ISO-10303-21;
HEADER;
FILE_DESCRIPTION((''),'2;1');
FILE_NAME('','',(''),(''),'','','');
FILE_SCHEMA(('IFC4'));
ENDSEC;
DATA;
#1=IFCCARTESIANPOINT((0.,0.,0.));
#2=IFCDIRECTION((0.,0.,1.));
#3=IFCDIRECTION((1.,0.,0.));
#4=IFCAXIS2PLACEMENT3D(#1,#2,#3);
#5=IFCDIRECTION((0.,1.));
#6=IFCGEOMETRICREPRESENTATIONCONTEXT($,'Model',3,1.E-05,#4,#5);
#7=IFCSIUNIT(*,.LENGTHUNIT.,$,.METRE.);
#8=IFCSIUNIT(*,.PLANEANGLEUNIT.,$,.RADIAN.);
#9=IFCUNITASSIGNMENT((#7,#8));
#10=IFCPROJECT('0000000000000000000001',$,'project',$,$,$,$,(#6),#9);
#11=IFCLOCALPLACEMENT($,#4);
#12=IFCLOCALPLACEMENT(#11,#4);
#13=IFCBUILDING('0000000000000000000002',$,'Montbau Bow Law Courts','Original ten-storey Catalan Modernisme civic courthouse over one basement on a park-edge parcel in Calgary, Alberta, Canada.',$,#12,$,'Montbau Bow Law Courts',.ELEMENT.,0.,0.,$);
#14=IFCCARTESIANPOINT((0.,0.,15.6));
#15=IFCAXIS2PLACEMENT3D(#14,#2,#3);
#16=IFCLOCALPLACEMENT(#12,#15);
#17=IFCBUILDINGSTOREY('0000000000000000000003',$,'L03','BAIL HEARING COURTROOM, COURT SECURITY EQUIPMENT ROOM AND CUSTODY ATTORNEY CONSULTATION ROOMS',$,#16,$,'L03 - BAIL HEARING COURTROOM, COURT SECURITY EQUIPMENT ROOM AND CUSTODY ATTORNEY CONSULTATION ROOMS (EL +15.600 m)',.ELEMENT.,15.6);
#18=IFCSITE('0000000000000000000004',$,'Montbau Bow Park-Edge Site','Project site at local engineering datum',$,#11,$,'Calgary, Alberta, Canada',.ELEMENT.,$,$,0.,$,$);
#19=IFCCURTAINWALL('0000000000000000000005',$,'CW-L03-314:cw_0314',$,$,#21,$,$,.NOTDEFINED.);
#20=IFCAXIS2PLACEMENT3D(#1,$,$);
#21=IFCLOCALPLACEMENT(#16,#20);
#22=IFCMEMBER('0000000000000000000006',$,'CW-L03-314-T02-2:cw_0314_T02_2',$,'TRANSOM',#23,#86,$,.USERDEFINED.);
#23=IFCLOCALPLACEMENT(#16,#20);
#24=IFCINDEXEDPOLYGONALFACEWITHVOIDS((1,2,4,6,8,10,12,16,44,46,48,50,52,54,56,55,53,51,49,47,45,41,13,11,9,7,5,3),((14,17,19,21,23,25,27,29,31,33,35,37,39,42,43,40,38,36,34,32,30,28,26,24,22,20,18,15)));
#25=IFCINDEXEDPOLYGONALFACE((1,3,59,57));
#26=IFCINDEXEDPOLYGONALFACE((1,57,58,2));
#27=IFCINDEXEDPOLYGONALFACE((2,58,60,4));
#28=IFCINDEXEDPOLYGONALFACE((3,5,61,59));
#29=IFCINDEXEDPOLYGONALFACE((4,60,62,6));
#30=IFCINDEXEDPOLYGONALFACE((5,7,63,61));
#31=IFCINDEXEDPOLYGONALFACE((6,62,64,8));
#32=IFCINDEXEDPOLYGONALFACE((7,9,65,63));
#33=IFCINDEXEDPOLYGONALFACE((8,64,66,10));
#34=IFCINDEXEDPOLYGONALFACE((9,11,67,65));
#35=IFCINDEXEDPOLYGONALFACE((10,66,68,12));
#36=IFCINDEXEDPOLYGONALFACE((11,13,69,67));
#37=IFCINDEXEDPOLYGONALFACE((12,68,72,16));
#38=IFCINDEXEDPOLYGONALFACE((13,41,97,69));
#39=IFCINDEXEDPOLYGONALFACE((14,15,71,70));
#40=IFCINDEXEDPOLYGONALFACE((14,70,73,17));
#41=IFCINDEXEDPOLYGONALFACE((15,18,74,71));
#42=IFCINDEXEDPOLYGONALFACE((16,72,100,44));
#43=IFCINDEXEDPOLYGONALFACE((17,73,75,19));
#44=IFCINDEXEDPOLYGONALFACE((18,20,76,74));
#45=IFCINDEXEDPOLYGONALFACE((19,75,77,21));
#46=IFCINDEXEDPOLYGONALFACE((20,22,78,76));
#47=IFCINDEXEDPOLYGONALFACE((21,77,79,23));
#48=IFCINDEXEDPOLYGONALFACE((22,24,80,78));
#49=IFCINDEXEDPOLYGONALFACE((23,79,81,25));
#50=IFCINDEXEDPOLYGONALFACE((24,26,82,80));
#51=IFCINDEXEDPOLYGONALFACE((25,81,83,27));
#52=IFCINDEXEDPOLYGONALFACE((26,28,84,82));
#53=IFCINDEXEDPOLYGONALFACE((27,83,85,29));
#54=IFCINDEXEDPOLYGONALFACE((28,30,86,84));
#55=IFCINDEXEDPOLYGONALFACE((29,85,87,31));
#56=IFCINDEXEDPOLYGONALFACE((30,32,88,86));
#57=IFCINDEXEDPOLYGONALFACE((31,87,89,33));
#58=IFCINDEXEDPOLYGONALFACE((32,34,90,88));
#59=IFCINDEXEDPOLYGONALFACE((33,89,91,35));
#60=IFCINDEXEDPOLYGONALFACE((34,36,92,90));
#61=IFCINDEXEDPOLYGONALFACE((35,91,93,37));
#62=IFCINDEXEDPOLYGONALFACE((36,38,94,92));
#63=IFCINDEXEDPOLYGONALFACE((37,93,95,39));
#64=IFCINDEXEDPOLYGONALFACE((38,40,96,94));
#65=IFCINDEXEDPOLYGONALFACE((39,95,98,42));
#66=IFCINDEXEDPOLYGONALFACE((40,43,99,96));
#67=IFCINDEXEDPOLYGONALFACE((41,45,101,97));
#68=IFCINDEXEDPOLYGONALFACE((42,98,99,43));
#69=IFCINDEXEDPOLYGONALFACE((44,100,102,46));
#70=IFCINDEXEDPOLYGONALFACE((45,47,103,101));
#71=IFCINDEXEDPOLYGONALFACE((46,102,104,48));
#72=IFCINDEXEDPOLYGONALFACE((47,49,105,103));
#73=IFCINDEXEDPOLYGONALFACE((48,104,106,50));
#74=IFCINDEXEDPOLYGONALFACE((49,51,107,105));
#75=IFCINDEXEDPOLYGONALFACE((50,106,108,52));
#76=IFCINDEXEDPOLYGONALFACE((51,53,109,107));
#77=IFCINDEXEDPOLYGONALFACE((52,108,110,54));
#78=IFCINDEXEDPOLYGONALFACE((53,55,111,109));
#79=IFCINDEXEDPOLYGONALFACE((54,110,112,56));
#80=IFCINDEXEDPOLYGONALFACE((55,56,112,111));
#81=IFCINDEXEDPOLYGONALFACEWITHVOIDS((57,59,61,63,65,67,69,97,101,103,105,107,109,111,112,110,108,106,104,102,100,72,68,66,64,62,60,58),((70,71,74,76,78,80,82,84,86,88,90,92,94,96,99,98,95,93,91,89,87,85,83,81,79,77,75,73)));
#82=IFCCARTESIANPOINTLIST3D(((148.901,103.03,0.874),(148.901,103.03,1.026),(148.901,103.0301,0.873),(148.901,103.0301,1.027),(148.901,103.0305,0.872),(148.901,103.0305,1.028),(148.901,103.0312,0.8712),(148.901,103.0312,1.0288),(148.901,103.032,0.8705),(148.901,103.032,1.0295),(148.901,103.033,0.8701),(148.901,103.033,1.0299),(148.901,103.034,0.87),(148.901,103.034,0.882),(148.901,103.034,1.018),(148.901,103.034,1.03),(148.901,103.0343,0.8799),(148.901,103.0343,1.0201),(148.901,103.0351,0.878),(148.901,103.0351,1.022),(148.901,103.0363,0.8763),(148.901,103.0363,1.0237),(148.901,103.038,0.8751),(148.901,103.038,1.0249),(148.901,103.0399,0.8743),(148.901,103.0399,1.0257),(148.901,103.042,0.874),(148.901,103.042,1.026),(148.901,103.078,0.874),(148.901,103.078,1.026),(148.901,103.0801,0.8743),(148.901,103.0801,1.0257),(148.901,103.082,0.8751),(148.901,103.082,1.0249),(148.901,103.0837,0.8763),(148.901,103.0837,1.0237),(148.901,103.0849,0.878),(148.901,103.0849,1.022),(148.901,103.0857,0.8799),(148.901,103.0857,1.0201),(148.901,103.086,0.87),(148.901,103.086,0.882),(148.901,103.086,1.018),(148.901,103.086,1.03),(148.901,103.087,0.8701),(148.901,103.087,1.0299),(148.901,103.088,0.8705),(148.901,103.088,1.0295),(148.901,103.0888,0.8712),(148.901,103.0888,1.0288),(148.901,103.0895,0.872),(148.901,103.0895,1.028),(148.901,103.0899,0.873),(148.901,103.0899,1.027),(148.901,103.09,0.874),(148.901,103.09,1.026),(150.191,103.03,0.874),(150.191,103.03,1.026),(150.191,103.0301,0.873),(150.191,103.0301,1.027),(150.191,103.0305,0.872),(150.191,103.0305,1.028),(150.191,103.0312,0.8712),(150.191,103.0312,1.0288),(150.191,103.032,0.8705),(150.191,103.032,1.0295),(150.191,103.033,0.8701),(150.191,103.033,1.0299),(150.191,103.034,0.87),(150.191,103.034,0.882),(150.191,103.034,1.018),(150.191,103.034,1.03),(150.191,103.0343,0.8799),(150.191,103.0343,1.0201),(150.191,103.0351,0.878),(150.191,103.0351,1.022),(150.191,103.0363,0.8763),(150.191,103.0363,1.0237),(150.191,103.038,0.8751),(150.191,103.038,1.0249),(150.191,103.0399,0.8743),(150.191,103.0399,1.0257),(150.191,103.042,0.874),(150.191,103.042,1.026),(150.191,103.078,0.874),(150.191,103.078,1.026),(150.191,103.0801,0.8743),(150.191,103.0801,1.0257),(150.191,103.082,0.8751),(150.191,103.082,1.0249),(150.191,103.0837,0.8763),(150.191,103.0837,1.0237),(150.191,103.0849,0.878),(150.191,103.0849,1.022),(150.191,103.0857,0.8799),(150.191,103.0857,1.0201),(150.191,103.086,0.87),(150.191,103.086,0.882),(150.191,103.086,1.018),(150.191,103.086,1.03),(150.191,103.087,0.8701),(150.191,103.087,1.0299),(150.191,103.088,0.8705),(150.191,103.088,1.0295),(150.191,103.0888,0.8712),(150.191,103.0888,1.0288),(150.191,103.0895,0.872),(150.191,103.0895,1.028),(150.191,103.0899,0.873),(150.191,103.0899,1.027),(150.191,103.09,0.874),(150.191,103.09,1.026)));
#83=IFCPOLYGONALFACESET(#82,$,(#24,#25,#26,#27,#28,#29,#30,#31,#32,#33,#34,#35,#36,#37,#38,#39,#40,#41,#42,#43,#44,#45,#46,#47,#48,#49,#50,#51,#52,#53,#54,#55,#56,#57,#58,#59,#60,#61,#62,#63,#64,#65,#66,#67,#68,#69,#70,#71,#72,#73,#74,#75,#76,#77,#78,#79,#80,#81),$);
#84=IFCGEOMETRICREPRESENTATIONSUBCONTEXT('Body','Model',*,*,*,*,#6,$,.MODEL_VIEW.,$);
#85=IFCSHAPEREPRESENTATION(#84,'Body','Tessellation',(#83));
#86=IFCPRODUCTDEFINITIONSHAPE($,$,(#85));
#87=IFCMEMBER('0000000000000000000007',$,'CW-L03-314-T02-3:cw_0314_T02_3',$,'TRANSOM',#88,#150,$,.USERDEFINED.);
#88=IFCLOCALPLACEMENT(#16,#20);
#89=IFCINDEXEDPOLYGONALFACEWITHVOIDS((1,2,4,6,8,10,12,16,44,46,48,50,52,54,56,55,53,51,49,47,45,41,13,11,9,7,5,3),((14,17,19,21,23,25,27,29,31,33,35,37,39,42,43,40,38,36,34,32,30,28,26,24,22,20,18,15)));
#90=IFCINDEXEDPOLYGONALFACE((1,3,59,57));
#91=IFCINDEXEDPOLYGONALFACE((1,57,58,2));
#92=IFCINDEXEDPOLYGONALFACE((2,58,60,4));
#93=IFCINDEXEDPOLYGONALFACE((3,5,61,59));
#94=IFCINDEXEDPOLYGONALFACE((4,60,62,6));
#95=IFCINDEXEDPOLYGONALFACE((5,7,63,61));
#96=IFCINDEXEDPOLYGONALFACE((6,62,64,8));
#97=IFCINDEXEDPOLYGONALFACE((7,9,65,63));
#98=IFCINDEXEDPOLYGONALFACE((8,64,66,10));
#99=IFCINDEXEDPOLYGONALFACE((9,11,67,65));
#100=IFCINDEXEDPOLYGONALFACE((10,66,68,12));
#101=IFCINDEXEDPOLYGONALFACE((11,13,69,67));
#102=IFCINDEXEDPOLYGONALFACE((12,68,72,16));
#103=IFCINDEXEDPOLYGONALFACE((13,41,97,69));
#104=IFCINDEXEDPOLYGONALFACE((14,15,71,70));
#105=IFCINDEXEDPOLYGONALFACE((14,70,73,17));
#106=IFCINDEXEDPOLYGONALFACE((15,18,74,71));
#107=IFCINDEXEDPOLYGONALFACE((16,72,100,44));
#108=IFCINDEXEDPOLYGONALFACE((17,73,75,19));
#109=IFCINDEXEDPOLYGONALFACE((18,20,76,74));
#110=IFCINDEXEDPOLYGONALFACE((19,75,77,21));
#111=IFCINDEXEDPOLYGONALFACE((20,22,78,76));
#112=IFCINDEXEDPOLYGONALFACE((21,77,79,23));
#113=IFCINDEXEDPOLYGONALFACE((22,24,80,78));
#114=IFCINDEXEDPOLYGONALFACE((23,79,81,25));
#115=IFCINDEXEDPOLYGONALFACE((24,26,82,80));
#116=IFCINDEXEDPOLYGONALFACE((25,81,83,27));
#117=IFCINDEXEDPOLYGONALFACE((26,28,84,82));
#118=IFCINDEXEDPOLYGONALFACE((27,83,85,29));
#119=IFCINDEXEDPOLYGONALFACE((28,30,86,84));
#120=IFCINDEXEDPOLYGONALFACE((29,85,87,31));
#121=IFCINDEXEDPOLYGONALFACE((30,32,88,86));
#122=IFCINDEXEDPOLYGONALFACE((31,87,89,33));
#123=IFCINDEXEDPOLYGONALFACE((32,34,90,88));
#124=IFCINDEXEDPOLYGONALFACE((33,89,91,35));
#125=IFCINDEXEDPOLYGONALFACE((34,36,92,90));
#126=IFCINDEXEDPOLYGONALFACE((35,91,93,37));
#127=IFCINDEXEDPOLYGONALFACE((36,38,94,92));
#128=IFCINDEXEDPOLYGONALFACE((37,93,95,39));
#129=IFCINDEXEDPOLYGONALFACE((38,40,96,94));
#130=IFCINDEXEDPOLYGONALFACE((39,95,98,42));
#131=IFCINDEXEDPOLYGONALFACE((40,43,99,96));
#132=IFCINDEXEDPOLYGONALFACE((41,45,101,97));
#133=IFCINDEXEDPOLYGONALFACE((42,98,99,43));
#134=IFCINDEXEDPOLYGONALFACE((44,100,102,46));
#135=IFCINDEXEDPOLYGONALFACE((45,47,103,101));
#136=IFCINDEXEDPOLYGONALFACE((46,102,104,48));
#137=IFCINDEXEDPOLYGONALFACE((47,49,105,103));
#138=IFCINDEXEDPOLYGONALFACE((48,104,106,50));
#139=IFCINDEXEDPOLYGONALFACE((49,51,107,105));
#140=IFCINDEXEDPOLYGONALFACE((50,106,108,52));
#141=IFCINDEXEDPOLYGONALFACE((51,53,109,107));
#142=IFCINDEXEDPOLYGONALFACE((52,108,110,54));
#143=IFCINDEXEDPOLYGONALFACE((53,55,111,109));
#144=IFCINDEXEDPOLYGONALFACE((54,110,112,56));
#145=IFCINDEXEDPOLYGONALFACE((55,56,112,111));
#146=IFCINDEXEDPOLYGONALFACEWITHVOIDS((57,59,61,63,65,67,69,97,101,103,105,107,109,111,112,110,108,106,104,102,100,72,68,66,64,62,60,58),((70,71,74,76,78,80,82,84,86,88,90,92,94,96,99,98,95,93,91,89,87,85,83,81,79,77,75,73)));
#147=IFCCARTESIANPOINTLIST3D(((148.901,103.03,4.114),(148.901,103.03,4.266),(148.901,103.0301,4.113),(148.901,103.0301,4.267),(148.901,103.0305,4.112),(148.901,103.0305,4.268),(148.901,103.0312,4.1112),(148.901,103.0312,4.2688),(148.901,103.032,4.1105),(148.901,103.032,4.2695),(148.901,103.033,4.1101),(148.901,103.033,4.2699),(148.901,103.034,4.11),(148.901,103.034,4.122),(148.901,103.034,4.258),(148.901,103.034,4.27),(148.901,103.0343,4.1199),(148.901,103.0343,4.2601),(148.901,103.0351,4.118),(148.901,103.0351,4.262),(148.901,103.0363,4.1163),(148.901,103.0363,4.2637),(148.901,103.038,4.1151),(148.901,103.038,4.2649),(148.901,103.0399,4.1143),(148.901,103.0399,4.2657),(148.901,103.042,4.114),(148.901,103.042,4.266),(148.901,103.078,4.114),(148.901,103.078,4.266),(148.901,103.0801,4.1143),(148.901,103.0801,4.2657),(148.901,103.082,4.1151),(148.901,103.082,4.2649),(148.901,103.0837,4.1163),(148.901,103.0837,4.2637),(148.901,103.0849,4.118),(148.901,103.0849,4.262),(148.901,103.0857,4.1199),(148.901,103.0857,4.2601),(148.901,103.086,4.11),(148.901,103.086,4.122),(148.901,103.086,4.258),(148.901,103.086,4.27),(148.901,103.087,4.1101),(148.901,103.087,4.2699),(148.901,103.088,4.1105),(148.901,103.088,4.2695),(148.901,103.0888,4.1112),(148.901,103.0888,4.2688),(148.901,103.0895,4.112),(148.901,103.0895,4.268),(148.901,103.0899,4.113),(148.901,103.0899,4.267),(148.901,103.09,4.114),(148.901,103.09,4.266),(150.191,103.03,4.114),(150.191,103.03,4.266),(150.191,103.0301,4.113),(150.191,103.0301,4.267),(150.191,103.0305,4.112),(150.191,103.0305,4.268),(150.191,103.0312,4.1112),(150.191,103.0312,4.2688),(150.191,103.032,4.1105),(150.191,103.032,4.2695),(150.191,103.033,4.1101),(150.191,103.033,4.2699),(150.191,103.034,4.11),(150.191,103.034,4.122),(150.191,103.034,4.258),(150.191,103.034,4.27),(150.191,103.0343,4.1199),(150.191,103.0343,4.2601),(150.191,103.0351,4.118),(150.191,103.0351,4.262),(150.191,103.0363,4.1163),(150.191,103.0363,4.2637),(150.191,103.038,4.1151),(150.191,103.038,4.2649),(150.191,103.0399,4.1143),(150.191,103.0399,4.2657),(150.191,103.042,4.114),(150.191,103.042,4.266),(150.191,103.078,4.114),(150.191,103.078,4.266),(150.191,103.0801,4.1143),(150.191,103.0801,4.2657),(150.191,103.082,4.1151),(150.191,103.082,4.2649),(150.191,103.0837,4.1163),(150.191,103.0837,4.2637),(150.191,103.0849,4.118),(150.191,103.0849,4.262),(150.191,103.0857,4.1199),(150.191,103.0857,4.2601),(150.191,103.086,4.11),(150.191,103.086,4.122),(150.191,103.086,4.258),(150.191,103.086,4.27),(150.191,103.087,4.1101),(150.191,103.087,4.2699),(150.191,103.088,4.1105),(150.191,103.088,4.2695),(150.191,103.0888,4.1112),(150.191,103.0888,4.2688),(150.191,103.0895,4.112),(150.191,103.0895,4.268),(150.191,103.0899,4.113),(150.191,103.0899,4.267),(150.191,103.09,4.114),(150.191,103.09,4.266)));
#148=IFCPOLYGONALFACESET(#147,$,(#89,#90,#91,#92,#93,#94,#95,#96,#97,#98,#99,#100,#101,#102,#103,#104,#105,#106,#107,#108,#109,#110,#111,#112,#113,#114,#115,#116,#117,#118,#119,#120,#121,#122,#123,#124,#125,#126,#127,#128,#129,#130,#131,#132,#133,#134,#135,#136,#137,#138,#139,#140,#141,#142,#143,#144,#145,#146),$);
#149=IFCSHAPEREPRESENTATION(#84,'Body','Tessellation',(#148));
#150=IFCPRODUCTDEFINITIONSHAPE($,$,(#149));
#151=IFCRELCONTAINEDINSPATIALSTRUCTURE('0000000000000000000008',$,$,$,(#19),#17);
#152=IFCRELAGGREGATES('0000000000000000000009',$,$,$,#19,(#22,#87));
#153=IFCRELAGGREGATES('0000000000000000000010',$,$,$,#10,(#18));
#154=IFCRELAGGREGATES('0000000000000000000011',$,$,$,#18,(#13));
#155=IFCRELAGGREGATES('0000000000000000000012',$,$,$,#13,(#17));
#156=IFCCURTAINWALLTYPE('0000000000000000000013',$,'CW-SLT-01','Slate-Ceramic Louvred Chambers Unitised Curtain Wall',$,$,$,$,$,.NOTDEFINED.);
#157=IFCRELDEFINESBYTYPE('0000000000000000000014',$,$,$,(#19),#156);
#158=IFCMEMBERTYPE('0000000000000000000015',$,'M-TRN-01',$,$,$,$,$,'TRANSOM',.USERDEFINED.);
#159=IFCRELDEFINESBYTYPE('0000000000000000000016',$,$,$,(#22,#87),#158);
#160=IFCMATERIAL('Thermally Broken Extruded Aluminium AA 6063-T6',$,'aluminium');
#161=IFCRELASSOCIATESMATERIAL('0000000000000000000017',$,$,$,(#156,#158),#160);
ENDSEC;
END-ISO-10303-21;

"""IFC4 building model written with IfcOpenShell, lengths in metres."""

from ifc_helpers import new_model, si_unit, direction, frame, origin_with_axes, origin_2d_with_axis, place, context, subcontext, project, spatial, hollow_rectangle, extrude, material, material_profile, profile_set, type_object, element, aggregate, save


model = new_model("IFC4")

# Units and contexts
model_context = context("Model", 3, precision=1e-05, world=origin_with_axes(), true_north=direction((0.0, 1.0)))
body_context = subcontext(model_context, "Body", "Model", "MODEL_VIEW")
ifc_project = project(units=[si_unit("LENGTHUNIT", "METRE"), si_unit("PLANEANGLEUNIT", "RADIAN")], contexts=[model_context])

# Site, building, storey
site_placement = place(None, origin_with_axes())
site = spatial("IfcSite", under=ifc_project, at=site_placement, Name="Montbau Bow Park-Edge Site", Description="Project site at local engineering datum", LongName="Calgary, Alberta, Canada", CompositionType="ELEMENT", RefElevation=0.0)
building_placement = place(site_placement, origin_with_axes())
building = spatial("IfcBuilding", under=site, at=building_placement, Name="Montbau Bow Law Courts", Description="Original ten-storey Catalan Modernisme civic courthouse over one basement on a park-edge parcel in Calgary, Alberta, Canada.", LongName="Montbau Bow Law Courts", CompositionType="ELEMENT", ElevationOfRefHeight=0.0, ElevationOfTerrain=0.0)
storey_placement = place(building_placement, frame((0.0, 0.0, 15.6), z_axis=(0.0, 0.0, 1.0), x_axis=(1.0, 0.0, 0.0)))
storey = spatial("IfcBuildingStorey", under=building, at=storey_placement, Name="L03", Description="BAIL HEARING COURTROOM, COURT SECURITY EQUIPMENT ROOM AND CUSTODY ATTORNEY CONSULTATION ROOMS", LongName="L03 - BAIL HEARING COURTROOM, COURT SECURITY EQUIPMENT ROOM AND CUSTODY ATTORNEY CONSULTATION ROOMS (EL +15.600 m)", CompositionType="ELEMENT", Elevation=15.6)

# Curtain wall, members
ifc_material_1 = material(Name="Thermally Broken Extruded Aluminium AA 6063-T6", Category="aluminium")
curtain_wall_type = type_object("IfcCurtainWallType", Name="CW-SLT-01", Description="Slate-Ceramic Louvred Chambers Unitised Curtain Wall", PredefinedType="NOTDEFINED", material=ifc_material_1)
curtain_wall_placement = place(None, frame((147.515, 103.06, 15.6), z_axis=(0.0, 0.0, 1.0), x_axis=(1.0, 0.0, 0.0)))
curtain_wall = element("IfcCurtainWall", 1, at=curtain_wall_placement, inside=storey, type_object=curtain_wall_type, Name="CW-L03-314:cw_0314", PredefinedType="NOTDEFINED")
ifc_material_profile_1 = material_profile(ifc_material_1, hollow_rectangle(XDim=0.06, YDim=0.16, WallThickness=0.004, InnerFilletRadius=0.008, OuterFilletRadius=0.004, at=origin_2d_with_axis()), Name="CWT-160X60", Category="Main", Priority=0)
ifc_profile_set_1 = profile_set([ifc_material_profile_1], Name="Thermally Broken Extruded Aluminium AA 6063-T6")
member_type_1 = type_object("IfcMemberType", Name="M-TRN-01", ElementType="TRANSOM", PredefinedType="USERDEFINED", material=ifc_profile_set_1)
member_1_placement = place(None, frame((148.901, 103.06, 16.55), z_axis=(1.0, 0.0, 0.0), x_axis=(0.0, 1.0, 0.0)))
member_1 = element("IfcMember", 2, at=member_1_placement, type_object=member_type_1, Name="CW-L03-314-T02-2:cw_0314_T02_2", ObjectType="TRANSOM", PredefinedType="USERDEFINED", context=body_context, shape_type="SweptSolid", body=[
    extrude(hollow_rectangle(XDim=0.06, YDim=0.16, WallThickness=0.004, InnerFilletRadius=0.008, OuterFilletRadius=0.004, at=origin_2d_with_axis()), origin_with_axes(), (0.0, 0.0, 1.0), 1.29),
])
member_2_placement = place(None, frame((148.901, 103.06, 19.79), z_axis=(1.0, 0.0, 0.0), x_axis=(0.0, 1.0, 0.0)))
member_2 = element("IfcMember", 3, at=member_2_placement, type_object=member_type_1, Name="CW-L03-314-T02-3:cw_0314_T02_3", ObjectType="TRANSOM", PredefinedType="USERDEFINED", context=body_context, shape_type="SweptSolid", body=[
    extrude(hollow_rectangle(XDim=0.06, YDim=0.16, WallThickness=0.004, InnerFilletRadius=0.008, OuterFilletRadius=0.004, at=origin_2d_with_axis()), origin_with_axes(), (0.0, 0.0, 1.0), 1.29),
])
aggregate(curtain_wall, [member_1, member_2])

save(model, "model.ifc")
